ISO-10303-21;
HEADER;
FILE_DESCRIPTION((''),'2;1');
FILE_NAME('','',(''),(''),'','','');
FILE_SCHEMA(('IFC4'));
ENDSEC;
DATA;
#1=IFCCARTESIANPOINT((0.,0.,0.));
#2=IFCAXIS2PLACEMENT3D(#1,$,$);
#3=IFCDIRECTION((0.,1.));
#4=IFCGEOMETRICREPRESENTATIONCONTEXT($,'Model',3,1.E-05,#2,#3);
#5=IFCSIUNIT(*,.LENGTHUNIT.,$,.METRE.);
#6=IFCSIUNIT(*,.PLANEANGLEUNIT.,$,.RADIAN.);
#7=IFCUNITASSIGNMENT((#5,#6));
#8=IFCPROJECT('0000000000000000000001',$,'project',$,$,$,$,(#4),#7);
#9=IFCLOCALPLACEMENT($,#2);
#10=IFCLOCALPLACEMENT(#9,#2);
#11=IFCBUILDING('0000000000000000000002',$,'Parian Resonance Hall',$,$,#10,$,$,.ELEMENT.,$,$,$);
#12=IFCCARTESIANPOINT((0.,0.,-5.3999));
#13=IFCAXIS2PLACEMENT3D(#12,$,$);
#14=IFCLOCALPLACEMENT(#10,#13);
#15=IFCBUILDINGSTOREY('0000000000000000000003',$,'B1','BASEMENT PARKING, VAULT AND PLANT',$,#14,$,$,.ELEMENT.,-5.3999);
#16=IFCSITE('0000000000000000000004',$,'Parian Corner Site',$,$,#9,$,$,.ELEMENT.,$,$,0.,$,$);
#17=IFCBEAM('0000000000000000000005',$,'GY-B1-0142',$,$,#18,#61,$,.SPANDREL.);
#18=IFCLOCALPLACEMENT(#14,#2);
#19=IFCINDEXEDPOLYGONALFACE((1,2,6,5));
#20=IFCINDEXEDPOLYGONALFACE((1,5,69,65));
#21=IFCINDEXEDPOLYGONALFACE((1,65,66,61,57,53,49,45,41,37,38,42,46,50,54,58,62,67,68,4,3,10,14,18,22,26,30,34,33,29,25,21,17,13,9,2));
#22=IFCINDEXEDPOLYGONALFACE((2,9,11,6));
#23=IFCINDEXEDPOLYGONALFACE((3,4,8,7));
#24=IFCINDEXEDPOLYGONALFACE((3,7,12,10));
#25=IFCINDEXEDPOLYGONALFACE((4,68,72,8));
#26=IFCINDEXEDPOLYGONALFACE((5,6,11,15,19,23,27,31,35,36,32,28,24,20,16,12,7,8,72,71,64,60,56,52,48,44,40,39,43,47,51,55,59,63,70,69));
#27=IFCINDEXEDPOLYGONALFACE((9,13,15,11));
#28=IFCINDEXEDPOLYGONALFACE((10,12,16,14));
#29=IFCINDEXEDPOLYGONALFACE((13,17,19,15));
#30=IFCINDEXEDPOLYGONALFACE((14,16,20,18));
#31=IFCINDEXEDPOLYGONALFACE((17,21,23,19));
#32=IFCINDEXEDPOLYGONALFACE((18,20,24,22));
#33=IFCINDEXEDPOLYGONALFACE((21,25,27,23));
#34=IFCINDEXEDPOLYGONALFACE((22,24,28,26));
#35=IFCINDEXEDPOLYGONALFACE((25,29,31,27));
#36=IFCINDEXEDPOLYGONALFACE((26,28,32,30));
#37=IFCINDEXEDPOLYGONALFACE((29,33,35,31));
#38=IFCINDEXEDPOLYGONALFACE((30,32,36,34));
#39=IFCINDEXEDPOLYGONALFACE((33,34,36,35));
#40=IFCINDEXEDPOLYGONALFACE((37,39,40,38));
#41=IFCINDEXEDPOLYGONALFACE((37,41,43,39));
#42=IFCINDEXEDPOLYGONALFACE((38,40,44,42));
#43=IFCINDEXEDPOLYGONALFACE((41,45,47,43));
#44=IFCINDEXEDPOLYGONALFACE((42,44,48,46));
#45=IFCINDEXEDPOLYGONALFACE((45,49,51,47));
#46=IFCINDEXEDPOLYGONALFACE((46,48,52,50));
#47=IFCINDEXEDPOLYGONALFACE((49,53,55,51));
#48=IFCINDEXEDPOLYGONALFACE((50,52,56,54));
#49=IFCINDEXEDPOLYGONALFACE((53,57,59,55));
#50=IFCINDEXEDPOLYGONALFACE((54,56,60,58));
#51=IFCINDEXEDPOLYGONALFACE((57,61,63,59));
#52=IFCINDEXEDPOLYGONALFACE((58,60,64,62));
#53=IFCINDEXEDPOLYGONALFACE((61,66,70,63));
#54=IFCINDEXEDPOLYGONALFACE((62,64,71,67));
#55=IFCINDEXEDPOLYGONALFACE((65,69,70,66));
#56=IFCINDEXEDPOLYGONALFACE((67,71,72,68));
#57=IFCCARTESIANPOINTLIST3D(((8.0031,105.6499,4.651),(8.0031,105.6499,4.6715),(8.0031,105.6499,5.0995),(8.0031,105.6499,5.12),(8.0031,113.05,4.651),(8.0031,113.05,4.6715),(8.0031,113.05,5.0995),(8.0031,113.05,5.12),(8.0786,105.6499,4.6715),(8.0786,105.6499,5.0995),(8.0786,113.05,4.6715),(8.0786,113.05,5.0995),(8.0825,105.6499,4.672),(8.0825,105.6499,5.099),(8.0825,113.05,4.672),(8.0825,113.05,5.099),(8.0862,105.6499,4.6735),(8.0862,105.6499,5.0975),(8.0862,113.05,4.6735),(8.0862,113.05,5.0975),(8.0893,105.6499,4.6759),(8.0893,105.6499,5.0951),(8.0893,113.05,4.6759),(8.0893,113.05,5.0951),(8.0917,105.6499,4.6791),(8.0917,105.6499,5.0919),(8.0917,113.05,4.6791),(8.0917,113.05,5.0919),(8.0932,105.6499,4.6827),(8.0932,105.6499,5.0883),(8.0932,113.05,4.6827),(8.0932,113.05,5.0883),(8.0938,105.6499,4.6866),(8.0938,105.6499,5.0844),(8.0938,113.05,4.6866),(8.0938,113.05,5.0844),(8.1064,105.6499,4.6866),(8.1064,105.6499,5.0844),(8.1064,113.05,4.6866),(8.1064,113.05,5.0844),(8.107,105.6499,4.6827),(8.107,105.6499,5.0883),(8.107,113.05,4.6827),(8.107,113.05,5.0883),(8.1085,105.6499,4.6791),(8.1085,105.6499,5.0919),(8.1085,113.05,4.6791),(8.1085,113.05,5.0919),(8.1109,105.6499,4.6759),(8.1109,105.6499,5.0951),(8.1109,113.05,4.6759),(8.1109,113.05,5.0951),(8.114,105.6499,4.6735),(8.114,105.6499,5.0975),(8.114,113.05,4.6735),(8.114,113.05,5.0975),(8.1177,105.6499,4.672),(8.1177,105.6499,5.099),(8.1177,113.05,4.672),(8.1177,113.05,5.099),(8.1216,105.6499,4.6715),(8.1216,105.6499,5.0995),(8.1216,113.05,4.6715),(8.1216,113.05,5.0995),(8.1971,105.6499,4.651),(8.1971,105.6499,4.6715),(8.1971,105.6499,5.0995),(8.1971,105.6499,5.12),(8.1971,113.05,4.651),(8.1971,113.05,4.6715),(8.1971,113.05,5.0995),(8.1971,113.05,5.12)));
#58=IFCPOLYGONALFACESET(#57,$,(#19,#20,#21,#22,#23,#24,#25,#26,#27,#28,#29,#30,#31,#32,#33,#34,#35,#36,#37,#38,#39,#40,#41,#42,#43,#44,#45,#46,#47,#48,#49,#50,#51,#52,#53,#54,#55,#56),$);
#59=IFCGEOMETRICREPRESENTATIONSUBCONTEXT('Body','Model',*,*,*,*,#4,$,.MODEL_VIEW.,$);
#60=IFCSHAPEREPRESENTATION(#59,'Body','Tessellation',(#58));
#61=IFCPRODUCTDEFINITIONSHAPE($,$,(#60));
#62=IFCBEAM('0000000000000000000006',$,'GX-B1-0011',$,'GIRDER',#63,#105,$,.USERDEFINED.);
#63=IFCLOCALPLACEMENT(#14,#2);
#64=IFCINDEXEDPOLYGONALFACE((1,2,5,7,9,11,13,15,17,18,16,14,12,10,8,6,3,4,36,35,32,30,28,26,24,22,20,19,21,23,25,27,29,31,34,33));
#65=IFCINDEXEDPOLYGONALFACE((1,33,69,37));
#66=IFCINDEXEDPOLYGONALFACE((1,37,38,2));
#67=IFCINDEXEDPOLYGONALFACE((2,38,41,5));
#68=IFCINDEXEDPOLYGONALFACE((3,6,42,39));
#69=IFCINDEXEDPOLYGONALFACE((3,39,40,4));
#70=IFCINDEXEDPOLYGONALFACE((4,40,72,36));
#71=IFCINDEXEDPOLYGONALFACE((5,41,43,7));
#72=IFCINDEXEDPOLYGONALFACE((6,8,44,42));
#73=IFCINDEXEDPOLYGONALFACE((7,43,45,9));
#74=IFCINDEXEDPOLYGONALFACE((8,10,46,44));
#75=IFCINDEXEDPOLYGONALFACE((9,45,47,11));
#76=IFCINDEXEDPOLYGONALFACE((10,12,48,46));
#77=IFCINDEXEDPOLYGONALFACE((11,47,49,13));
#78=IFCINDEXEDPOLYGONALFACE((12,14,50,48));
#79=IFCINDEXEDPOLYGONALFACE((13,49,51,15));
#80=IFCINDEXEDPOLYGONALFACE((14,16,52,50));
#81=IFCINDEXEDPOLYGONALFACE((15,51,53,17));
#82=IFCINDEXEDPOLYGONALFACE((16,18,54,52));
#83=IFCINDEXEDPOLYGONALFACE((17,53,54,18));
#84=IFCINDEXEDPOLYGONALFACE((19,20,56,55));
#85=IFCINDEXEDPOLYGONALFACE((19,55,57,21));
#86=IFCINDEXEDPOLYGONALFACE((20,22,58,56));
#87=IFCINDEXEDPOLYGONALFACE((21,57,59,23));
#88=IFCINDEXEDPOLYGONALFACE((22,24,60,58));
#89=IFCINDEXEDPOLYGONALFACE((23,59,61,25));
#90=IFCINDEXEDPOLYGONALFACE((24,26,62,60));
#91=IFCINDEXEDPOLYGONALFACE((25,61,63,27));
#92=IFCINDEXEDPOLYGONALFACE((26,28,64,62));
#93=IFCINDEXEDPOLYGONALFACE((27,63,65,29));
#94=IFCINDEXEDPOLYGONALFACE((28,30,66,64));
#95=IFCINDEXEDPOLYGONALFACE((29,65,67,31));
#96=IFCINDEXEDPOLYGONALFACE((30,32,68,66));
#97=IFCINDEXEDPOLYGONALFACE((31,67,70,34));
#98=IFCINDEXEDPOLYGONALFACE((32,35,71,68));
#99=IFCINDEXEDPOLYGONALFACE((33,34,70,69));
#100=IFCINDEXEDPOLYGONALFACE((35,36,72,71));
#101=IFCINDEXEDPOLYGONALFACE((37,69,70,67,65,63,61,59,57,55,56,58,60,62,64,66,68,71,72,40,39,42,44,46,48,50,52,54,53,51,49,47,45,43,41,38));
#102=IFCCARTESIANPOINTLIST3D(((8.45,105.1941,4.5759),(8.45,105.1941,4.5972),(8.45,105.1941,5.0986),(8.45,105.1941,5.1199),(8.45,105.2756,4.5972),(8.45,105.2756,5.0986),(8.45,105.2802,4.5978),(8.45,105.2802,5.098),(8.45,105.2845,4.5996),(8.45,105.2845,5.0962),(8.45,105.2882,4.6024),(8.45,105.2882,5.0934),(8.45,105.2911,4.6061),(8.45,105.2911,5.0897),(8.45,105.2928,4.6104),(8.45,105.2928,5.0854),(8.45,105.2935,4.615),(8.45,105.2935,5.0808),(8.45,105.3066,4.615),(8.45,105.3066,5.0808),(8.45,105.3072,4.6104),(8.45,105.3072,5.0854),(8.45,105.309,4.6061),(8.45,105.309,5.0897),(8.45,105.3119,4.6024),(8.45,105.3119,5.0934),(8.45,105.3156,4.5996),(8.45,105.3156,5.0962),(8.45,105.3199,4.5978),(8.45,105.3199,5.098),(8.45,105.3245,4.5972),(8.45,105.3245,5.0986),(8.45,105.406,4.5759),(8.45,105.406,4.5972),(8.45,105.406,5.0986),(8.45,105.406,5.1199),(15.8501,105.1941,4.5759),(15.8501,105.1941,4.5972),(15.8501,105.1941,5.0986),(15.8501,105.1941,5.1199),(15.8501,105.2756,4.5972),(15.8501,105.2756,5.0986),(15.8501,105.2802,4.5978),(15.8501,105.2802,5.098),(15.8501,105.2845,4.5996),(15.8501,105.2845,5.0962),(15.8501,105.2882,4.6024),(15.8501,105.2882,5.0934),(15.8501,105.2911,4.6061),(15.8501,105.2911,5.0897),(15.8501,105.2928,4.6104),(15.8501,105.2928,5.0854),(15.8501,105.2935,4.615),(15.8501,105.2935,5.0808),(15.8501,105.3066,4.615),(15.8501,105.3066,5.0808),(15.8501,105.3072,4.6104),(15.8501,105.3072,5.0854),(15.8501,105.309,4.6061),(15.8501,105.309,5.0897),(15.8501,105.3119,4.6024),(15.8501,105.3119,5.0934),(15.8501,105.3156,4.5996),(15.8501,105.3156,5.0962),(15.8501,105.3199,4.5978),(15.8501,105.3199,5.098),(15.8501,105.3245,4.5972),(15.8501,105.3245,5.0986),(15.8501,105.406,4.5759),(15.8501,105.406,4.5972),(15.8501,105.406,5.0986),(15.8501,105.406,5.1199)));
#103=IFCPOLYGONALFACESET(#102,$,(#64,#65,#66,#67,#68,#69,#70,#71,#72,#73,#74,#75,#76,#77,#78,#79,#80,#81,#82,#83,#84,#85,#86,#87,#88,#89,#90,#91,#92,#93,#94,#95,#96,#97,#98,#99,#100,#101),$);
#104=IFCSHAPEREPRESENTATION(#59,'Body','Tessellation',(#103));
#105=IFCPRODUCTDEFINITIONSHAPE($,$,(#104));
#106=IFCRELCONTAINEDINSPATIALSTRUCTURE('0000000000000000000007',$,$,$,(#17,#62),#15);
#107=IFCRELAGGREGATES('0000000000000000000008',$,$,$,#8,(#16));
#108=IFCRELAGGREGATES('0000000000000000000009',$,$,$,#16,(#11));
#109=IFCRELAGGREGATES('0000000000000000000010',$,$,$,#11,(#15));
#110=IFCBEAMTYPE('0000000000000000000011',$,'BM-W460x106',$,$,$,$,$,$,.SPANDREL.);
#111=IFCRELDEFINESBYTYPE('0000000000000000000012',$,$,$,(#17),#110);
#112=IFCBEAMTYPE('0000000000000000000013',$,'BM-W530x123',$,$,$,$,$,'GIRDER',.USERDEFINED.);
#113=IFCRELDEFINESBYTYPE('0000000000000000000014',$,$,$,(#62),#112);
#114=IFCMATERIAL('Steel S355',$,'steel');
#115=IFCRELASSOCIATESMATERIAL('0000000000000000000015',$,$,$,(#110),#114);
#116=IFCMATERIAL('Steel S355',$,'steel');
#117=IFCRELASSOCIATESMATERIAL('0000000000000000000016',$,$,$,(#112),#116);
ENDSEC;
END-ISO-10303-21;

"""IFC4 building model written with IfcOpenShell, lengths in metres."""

from ifc_helpers import new_model, si_unit, direction, frame, origin, origin_2d, place, context, subcontext, project, spatial, i_section, extrude, material, material_profile, profile_set, type_object, element, save


model = new_model("IFC4")

# Units and contexts
model_context = context("Model", 3, precision=1e-05, world=origin(), true_north=direction((0.0, 1.0)))
body_context = subcontext(model_context, "Body", "Model", "MODEL_VIEW")
ifc_project = project(units=[si_unit("LENGTHUNIT", "METRE"), si_unit("PLANEANGLEUNIT", "RADIAN")], contexts=[model_context])

# Site, building, storey
site_placement = place(None, origin())
site = spatial("IfcSite", under=ifc_project, at=site_placement, Name="Parian Corner Site", CompositionType="ELEMENT", RefElevation=0.0)
building_placement = place(site_placement, origin())
building = spatial("IfcBuilding", under=site, at=building_placement, Name="Parian Resonance Hall", CompositionType="ELEMENT")
storey_placement = place(building_placement, frame((0.0, 0.0, -5.3999)))
storey = spatial("IfcBuildingStorey", under=building, at=storey_placement, Name="B1", Description="BASEMENT PARKING, VAULT AND PLANT", CompositionType="ELEMENT", Elevation=-5.3999)

# Beams
ifc_material_1 = material(Name="Steel S355", Category="steel")
ifc_material_profile_1 = material_profile(ifc_material_1, i_section(OverallWidth=0.1941, OverallDepth=0.469, WebThickness=0.0127, FlangeThickness=0.0205, FilletRadius=0.0151, at=origin_2d()), Name="W460x106")
ifc_profile_set_1 = profile_set([ifc_material_profile_1], Name="Steel S355")
beam_type_1 = type_object("IfcBeamType", Name="BM-W460x106", PredefinedType="SPANDREL", material=ifc_profile_set_1)
beam_1_placement = place(storey_placement, frame((8.1001, 105.6499, 4.8855), z_axis=(0.0, 1.0, 0.0), x_axis=(-1.0, 0.0, 0.0)))
element("IfcBeam", 1, at=beam_1_placement, inside=storey, type_object=beam_type_1, Name="GY-B1-0142", PredefinedType="SPANDREL", context=body_context, shape_type="SweptSolid", body=[
    extrude(i_section(OverallWidth=0.1941, OverallDepth=0.469, WebThickness=0.0127, FlangeThickness=0.0205, FilletRadius=0.0151, at=origin_2d()), origin(), (0.0, 0.0, 1.0), 7.4001),
])
ifc_material_2 = material(Name="Steel S355", Category="steel")
ifc_material_profile_2 = material_profile(ifc_material_2, i_section(OverallWidth=0.2119, OverallDepth=0.5439, WebThickness=0.0132, FlangeThickness=0.0212, FilletRadius=0.0178, at=origin_2d()), Name="W530x123")
ifc_profile_set_2 = profile_set([ifc_material_profile_2], Name="Steel S355")
beam_type_2 = type_object("IfcBeamType", Name="BM-W530x123", ElementType="GIRDER", PredefinedType="USERDEFINED", material=ifc_profile_set_2)
beam_2_placement = place(storey_placement, frame((8.45, 105.3, 4.8479), z_axis=(1.0, 0.0, 0.0), x_axis=(0.0, 1.0, 0.0)))
element("IfcBeam", 2, at=beam_2_placement, inside=storey, type_object=beam_type_2, Name="GX-B1-0011", ObjectType="GIRDER", PredefinedType="USERDEFINED", context=body_context, shape_type="SweptSolid", body=[
    extrude(i_section(OverallWidth=0.2119, OverallDepth=0.5439, WebThickness=0.0132, FlangeThickness=0.0212, FilletRadius=0.0178, at=origin_2d()), origin(), (0.0, 0.0, 1.0), 7.4001),
])

save(model, "model.ifc")
